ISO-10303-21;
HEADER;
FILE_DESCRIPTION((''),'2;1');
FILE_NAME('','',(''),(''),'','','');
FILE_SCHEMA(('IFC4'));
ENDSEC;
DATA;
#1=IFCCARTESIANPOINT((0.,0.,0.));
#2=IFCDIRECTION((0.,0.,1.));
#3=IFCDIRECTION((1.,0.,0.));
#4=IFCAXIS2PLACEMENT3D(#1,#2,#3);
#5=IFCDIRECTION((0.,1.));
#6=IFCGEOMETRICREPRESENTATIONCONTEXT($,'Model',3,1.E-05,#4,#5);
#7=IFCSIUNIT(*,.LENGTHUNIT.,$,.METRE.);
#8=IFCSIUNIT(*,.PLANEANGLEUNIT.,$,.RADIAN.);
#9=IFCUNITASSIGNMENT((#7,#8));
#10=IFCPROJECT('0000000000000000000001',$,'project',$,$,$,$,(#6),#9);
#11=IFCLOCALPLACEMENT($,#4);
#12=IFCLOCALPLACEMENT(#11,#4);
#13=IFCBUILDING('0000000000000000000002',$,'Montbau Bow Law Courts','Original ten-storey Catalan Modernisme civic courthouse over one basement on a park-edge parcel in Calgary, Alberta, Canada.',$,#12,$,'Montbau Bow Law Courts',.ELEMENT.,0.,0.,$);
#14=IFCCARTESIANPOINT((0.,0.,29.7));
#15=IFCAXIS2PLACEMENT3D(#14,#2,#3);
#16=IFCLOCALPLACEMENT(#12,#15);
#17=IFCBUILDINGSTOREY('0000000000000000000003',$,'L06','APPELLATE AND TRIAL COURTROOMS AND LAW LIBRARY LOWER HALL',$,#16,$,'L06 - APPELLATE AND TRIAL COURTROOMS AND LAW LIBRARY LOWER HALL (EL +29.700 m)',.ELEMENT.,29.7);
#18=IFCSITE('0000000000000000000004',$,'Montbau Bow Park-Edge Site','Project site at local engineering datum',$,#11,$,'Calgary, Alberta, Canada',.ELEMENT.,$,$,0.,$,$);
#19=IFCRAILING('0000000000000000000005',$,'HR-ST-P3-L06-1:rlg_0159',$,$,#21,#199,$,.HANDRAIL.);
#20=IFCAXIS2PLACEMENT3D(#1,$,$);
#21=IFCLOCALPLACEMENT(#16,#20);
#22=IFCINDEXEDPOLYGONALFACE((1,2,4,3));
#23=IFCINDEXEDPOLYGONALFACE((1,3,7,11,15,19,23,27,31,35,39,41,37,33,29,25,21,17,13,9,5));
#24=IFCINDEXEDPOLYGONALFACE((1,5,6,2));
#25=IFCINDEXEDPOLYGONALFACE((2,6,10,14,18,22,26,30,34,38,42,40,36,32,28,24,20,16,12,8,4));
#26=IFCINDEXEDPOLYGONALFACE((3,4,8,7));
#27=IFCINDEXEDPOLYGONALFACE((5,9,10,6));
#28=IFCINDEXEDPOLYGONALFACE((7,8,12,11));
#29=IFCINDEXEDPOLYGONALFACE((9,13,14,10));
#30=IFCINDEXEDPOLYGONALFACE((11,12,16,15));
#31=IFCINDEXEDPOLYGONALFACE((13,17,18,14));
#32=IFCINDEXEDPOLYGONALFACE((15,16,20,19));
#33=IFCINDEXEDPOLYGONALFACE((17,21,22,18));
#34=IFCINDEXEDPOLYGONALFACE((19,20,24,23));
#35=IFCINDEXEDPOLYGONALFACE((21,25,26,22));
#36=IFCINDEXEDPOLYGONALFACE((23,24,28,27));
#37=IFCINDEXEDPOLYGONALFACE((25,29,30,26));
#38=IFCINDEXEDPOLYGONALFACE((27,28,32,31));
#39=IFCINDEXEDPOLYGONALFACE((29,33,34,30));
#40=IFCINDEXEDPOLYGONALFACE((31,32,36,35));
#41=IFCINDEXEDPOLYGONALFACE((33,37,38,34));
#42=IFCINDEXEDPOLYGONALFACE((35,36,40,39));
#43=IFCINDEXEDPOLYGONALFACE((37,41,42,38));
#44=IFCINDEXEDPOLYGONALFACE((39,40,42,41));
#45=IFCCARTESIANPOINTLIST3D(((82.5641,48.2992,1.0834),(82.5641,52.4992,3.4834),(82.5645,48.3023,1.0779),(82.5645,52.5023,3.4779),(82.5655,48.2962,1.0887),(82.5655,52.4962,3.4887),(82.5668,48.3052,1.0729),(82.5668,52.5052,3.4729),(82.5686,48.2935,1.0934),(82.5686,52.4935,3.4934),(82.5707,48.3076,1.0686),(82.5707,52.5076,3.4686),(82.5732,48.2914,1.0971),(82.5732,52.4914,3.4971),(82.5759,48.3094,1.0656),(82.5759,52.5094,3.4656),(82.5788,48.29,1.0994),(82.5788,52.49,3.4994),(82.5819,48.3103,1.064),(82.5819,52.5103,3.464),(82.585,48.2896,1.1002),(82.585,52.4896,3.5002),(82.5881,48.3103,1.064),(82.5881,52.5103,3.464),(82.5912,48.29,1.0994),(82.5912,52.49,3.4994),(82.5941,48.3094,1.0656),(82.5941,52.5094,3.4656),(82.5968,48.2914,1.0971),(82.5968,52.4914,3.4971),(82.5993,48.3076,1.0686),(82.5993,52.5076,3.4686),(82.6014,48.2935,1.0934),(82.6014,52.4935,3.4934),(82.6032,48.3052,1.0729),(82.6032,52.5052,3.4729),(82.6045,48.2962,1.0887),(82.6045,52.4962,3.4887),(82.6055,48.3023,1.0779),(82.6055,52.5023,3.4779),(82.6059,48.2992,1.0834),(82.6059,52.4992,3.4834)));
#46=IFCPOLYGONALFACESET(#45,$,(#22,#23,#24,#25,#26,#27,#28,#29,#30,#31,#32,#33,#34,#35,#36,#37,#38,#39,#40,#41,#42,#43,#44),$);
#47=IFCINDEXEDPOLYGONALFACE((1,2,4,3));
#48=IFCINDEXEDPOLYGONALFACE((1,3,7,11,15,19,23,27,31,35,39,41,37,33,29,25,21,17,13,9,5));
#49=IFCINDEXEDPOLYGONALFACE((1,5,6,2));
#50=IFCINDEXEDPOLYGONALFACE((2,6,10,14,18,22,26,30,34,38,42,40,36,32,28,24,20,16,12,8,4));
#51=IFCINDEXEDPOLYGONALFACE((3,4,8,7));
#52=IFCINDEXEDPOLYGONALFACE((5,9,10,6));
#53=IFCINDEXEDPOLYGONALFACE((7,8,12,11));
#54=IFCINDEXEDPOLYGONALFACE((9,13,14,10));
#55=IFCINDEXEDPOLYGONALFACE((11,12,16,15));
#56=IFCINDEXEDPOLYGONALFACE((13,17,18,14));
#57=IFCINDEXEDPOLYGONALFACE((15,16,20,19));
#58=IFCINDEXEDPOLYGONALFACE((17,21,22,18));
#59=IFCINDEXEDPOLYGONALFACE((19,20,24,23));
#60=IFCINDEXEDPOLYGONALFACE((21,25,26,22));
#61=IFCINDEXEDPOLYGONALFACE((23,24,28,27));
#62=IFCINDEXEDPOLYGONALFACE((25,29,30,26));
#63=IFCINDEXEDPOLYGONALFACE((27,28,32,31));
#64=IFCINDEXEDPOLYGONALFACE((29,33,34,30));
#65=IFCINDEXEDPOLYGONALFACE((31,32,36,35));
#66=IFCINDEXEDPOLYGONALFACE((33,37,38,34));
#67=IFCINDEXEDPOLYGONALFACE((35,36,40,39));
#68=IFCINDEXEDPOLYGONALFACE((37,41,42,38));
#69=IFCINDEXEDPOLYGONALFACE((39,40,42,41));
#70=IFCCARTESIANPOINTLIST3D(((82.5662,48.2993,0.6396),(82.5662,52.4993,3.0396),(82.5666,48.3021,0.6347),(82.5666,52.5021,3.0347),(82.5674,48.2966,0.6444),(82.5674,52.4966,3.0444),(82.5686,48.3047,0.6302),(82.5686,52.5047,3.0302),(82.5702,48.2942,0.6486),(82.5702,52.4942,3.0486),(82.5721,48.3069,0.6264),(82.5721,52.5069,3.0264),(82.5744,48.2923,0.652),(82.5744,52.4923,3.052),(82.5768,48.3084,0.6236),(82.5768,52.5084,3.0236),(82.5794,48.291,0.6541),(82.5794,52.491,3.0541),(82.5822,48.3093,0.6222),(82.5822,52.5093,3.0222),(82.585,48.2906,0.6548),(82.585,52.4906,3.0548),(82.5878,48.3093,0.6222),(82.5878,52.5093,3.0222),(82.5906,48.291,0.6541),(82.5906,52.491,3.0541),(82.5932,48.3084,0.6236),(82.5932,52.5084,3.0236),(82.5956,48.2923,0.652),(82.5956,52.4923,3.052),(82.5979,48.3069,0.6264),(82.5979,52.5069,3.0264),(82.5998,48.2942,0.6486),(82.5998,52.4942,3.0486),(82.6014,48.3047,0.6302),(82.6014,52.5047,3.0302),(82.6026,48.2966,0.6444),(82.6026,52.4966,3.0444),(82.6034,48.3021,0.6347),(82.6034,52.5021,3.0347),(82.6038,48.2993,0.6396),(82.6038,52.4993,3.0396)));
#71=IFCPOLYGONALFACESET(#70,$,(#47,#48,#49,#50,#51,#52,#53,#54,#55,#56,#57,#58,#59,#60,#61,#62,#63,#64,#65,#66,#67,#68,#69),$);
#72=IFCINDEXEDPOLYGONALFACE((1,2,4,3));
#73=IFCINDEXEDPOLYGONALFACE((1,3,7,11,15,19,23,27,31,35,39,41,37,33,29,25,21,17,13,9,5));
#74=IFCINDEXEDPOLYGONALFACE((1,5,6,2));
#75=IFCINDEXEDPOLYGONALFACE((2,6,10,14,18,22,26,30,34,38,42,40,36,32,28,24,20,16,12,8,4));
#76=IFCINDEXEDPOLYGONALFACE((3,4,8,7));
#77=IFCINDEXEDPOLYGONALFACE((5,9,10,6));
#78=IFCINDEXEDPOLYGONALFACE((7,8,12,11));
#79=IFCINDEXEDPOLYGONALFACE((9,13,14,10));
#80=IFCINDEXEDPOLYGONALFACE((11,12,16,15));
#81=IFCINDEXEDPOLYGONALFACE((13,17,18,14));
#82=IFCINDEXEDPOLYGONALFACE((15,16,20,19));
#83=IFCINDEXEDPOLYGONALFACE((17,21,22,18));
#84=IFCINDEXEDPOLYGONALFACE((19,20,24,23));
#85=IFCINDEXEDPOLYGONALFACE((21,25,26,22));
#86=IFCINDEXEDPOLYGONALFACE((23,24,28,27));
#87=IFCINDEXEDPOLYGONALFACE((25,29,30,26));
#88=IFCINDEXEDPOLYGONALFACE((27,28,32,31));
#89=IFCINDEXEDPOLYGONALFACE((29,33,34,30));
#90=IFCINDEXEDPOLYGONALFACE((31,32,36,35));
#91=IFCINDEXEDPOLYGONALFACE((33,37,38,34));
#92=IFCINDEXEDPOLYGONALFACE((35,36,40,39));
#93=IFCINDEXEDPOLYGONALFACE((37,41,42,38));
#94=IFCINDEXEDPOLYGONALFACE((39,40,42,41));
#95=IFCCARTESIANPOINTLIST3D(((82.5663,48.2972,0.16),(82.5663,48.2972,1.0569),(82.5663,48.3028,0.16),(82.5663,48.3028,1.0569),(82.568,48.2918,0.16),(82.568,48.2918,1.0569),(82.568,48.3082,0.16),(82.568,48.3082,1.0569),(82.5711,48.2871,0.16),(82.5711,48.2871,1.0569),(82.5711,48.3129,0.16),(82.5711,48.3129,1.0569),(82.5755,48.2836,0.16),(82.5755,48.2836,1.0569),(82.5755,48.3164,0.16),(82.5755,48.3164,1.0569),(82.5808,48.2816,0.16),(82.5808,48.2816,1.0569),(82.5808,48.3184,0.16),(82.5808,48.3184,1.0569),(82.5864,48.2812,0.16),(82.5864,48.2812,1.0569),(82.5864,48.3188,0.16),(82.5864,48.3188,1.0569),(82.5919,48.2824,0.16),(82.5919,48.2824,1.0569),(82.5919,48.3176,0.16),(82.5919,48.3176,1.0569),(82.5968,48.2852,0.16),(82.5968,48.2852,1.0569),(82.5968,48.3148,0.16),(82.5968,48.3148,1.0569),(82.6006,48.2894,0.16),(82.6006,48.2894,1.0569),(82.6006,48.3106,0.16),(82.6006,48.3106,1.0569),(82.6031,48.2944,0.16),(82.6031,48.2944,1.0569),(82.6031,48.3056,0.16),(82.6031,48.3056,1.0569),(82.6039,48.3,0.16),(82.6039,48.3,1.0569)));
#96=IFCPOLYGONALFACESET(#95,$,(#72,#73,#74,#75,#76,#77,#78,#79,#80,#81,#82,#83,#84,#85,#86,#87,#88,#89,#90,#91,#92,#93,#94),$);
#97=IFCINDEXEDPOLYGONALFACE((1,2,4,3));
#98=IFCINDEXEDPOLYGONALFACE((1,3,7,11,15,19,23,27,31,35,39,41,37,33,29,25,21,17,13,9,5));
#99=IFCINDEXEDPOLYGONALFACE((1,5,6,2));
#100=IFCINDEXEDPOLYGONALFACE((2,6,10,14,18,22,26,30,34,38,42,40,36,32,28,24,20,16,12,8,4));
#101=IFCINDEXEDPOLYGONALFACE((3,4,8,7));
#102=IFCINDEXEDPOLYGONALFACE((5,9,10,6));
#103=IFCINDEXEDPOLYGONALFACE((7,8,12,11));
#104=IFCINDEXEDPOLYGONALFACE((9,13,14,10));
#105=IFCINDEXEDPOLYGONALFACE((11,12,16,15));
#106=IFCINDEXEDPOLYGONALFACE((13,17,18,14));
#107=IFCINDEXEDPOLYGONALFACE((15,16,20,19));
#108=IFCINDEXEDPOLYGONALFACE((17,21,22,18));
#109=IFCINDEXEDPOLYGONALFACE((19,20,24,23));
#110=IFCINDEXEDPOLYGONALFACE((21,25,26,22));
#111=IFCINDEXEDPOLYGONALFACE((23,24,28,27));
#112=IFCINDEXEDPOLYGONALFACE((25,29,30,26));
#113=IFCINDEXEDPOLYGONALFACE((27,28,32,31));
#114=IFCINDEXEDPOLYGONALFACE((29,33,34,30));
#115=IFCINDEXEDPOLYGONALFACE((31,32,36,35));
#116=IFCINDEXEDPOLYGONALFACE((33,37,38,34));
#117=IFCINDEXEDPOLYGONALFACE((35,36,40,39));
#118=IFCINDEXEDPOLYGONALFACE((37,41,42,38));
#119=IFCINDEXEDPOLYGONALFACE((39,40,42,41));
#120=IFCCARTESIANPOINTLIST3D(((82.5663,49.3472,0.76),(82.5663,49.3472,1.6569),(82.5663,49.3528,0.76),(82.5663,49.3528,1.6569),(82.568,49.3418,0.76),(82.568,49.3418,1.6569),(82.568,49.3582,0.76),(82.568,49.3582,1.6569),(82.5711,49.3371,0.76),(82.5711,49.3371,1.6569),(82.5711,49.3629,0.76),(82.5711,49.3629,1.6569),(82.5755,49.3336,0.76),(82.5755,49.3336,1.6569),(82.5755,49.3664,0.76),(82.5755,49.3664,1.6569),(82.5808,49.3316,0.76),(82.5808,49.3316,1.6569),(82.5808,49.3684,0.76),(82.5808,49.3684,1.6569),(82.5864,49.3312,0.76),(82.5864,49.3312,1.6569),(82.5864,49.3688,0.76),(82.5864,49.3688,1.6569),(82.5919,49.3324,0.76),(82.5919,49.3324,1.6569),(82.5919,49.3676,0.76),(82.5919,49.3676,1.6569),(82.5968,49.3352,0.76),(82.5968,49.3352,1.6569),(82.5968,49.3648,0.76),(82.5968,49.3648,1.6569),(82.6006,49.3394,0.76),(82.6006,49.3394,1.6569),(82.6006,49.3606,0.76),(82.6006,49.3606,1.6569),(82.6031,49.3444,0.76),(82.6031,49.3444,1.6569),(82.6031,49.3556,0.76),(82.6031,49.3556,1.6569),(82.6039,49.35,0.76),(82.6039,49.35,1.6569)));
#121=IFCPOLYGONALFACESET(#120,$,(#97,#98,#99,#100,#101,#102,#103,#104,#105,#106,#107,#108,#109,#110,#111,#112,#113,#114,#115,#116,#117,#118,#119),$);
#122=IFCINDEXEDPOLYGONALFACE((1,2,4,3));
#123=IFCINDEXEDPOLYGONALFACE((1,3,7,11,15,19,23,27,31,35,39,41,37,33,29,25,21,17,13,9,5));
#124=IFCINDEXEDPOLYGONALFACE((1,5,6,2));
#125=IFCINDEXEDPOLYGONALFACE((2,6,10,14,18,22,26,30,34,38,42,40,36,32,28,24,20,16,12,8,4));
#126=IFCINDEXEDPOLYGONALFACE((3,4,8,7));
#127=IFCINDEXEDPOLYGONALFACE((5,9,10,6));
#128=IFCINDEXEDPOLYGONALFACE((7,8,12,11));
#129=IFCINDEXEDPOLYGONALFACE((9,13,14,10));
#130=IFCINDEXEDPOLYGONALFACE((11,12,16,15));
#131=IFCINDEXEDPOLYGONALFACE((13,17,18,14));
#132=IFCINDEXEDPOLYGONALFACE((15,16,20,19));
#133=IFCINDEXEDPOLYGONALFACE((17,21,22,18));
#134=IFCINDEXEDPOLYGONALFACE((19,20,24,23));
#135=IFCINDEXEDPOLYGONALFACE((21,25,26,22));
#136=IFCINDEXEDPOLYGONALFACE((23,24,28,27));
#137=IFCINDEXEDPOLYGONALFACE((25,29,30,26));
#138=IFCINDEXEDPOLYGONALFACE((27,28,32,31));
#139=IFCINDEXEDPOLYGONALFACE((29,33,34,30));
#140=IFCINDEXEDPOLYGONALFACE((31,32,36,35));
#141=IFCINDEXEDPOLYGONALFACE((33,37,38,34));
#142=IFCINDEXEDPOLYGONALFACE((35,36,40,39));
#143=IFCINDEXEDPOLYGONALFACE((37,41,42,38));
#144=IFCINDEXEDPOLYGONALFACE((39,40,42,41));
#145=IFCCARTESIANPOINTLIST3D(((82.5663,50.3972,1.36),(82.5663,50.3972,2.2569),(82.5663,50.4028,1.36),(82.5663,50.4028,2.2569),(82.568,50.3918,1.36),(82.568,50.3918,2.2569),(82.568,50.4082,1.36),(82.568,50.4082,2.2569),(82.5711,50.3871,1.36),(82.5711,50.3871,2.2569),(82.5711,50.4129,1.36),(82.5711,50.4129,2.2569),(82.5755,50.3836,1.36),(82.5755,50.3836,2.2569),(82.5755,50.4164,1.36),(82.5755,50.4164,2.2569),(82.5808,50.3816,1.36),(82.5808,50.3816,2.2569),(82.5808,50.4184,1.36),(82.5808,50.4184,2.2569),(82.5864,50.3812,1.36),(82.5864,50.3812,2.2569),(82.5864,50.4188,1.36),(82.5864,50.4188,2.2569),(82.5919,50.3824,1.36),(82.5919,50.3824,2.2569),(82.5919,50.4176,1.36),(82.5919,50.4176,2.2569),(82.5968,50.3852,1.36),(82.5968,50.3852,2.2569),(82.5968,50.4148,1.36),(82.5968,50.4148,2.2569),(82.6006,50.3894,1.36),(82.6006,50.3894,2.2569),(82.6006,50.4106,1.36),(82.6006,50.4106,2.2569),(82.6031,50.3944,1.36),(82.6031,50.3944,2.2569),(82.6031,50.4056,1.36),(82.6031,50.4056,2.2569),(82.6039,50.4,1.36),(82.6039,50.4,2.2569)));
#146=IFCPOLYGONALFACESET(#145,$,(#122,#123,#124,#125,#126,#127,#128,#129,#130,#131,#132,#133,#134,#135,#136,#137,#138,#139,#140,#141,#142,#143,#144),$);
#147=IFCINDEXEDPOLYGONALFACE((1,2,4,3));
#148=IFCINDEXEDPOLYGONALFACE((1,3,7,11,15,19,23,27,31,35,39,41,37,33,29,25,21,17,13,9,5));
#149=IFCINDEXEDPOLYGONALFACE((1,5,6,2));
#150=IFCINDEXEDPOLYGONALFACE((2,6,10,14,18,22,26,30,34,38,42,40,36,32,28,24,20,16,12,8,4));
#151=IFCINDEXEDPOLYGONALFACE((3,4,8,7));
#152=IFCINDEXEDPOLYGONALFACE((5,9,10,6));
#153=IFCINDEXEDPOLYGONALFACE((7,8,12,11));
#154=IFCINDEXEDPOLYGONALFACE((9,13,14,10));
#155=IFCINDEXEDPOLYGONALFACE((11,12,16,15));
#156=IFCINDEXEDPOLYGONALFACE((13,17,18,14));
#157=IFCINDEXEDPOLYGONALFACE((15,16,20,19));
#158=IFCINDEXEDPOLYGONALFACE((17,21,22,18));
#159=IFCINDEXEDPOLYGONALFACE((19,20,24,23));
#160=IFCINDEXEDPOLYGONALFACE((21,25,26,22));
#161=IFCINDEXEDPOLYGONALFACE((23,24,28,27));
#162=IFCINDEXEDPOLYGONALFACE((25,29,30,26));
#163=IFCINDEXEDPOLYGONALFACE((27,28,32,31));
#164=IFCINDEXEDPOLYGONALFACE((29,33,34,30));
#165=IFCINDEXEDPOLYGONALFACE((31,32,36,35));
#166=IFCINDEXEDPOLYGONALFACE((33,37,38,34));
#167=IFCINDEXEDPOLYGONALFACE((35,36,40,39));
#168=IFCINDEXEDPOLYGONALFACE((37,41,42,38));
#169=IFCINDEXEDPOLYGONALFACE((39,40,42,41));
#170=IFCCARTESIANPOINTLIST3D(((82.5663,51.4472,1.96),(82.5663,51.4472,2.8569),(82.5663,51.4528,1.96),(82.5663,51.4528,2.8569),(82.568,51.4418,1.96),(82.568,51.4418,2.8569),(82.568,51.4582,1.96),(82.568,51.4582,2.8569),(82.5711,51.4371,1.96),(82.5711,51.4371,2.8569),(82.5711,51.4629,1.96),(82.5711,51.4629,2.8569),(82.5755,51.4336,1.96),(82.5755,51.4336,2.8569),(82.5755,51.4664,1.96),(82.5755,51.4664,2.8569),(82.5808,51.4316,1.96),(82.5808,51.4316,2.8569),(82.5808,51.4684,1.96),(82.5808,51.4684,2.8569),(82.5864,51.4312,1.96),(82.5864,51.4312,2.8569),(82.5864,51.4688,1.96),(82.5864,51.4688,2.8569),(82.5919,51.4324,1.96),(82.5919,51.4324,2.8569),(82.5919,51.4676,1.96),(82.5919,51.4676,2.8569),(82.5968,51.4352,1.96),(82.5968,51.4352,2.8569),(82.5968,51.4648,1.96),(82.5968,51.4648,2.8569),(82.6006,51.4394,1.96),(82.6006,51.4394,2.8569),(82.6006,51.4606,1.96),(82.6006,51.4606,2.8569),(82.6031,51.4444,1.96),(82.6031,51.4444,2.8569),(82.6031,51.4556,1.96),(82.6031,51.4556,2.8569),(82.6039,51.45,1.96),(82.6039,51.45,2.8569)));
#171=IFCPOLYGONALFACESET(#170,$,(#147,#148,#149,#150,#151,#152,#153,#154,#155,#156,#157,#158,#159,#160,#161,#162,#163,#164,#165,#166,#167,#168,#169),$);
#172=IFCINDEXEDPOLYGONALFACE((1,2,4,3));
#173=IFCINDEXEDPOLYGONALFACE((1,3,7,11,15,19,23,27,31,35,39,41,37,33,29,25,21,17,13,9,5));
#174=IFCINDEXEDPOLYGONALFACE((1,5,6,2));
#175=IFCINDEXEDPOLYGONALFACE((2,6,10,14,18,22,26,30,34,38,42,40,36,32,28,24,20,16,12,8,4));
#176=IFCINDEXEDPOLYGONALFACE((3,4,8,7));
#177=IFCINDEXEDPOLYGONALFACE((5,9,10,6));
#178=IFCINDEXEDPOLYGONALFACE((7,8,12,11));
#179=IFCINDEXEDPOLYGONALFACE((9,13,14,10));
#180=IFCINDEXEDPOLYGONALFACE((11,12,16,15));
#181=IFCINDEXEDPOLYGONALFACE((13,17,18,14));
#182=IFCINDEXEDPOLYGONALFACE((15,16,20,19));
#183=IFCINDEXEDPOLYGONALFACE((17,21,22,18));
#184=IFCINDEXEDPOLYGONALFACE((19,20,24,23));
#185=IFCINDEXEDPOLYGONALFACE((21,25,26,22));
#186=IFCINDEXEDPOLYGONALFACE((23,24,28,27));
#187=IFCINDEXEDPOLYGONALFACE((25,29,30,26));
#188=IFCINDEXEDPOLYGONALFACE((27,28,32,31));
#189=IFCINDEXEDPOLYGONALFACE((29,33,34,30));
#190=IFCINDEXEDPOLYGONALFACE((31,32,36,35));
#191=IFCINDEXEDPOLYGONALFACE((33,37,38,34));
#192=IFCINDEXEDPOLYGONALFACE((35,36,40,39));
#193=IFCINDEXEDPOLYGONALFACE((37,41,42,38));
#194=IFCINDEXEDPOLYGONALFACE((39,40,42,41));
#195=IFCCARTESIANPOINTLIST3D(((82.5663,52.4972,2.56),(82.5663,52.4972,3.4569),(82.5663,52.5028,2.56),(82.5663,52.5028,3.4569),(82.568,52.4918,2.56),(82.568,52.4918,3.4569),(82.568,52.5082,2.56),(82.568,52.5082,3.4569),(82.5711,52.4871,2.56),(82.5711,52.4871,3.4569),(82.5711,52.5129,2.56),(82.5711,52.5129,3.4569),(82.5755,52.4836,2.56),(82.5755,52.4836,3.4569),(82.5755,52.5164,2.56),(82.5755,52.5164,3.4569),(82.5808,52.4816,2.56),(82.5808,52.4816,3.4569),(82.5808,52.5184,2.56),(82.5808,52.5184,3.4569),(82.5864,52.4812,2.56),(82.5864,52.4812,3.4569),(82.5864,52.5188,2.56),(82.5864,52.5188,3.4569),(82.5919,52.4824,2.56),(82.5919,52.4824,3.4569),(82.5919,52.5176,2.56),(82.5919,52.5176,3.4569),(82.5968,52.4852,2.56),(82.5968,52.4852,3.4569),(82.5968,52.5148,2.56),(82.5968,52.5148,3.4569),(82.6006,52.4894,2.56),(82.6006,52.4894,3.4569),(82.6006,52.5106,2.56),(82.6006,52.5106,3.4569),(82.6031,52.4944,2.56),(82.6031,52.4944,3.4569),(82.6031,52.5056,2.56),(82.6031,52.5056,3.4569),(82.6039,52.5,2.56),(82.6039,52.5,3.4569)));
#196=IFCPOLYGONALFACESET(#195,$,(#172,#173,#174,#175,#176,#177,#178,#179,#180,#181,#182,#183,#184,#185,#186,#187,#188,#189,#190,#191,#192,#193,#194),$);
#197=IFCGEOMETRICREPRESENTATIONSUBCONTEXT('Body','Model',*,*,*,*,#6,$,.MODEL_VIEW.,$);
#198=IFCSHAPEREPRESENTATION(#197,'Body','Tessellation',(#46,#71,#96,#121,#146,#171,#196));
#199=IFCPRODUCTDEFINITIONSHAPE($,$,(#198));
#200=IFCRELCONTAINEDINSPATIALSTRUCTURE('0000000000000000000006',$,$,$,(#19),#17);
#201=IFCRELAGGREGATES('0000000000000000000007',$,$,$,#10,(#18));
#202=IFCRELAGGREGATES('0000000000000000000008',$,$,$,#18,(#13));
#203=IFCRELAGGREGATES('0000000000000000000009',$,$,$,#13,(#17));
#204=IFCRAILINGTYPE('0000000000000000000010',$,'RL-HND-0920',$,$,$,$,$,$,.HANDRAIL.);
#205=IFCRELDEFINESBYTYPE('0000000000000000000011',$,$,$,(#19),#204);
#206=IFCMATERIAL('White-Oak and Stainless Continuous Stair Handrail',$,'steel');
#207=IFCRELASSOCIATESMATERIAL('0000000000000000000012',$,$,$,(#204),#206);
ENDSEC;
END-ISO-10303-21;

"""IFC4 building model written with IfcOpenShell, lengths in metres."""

from ifc_helpers import new_model, si_unit, direction, frame, origin_with_axes, origin_2d_with_axis, place, context, subcontext, project, spatial, circle, extrude, material, type_object, element, save


model = new_model("IFC4")

# Units and contexts
model_context = context("Model", 3, precision=1e-05, world=origin_with_axes(), true_north=direction((0.0, 1.0)))
body_context = subcontext(model_context, "Body", "Model", "MODEL_VIEW")
ifc_project = project(units=[si_unit("LENGTHUNIT", "METRE"), si_unit("PLANEANGLEUNIT", "RADIAN")], contexts=[model_context])

# Site, building, storey
site_placement = place(None, origin_with_axes())
site = spatial("IfcSite", under=ifc_project, at=site_placement, Name="Montbau Bow Park-Edge Site", Description="Project site at local engineering datum", LongName="Calgary, Alberta, Canada", CompositionType="ELEMENT", RefElevation=0.0)
building_placement = place(site_placement, origin_with_axes())
building = spatial("IfcBuilding", under=site, at=building_placement, Name="Montbau Bow Law Courts", Description="Original ten-storey Catalan Modernisme civic courthouse over one basement on a park-edge parcel in Calgary, Alberta, Canada.", LongName="Montbau Bow Law Courts", CompositionType="ELEMENT", ElevationOfRefHeight=0.0, ElevationOfTerrain=0.0)
storey_placement = place(building_placement, frame((0.0, 0.0, 29.7), z_axis=(0.0, 0.0, 1.0), x_axis=(1.0, 0.0, 0.0)))
storey = spatial("IfcBuildingStorey", under=building, at=storey_placement, Name="L06", Description="APPELLATE AND TRIAL COURTROOMS AND LAW LIBRARY LOWER HALL", LongName="L06 - APPELLATE AND TRIAL COURTROOMS AND LAW LIBRARY LOWER HALL (EL +29.700 m)", CompositionType="ELEMENT", Elevation=29.7)

# Railing
ifc_material_1 = material(Name="White-Oak and Stainless Continuous Stair Handrail", Category="steel")
railing_type_1 = type_object("IfcRailingType", Name="RL-HND-0920", PredefinedType="HANDRAIL", material=ifc_material_1)
railing_1_placement = place(None, origin_with_axes())
element("IfcRailing", 1, at=railing_1_placement, inside=storey, type_object=railing_type_1, Name="HR-ST-P3-L06-1:rlg_0159", PredefinedType="HANDRAIL", context=body_context, shape_type="SweptSolid", body=[
    extrude(circle(Radius=0.021, at=origin_2d_with_axis()), frame((82.585, 48.3, 30.782), z_axis=(0.0, 0.868243, 0.496139), x_axis=(0.0, -0.496139, 0.868243)), (0.0, 0.0, 1.0), 4.8374),
    extrude(circle(Radius=0.0189, at=origin_2d_with_axis()), frame((82.585, 48.3, 30.3384), z_axis=(0.0, 0.868243, 0.496139), x_axis=(0.0, -0.496139, 0.868243)), (0.0, 0.0, 1.0), 4.8374),
    extrude(circle(Radius=0.0189, at=origin_2d_with_axis()), frame((82.585, 48.3, 29.86), z_axis=(0.0, 0.0, 1.0), x_axis=(1.0, 0.0, 0.0)), (0.0, 0.0, 1.0), 0.8969),
    extrude(circle(Radius=0.0189, at=origin_2d_with_axis()), frame((82.585, 49.35, 30.46), z_axis=(0.0, 0.0, 1.0), x_axis=(1.0, 0.0, 0.0)), (0.0, 0.0, 1.0), 0.8969),
    extrude(circle(Radius=0.0189, at=origin_2d_with_axis()), frame((82.585, 50.4, 31.06), z_axis=(0.0, 0.0, 1.0), x_axis=(1.0, 0.0, 0.0)), (0.0, 0.0, 1.0), 0.8969),
    extrude(circle(Radius=0.0189, at=origin_2d_with_axis()), frame((82.585, 51.45, 31.66), z_axis=(0.0, 0.0, 1.0), x_axis=(1.0, 0.0, 0.0)), (0.0, 0.0, 1.0), 0.8969),
    extrude(circle(Radius=0.0189, at=origin_2d_with_axis()), frame((82.585, 52.5, 32.26), z_axis=(0.0, 0.0, 1.0), x_axis=(1.0, 0.0, 0.0)), (0.0, 0.0, 1.0), 0.8969),
])

save(model, "model.ifc")
